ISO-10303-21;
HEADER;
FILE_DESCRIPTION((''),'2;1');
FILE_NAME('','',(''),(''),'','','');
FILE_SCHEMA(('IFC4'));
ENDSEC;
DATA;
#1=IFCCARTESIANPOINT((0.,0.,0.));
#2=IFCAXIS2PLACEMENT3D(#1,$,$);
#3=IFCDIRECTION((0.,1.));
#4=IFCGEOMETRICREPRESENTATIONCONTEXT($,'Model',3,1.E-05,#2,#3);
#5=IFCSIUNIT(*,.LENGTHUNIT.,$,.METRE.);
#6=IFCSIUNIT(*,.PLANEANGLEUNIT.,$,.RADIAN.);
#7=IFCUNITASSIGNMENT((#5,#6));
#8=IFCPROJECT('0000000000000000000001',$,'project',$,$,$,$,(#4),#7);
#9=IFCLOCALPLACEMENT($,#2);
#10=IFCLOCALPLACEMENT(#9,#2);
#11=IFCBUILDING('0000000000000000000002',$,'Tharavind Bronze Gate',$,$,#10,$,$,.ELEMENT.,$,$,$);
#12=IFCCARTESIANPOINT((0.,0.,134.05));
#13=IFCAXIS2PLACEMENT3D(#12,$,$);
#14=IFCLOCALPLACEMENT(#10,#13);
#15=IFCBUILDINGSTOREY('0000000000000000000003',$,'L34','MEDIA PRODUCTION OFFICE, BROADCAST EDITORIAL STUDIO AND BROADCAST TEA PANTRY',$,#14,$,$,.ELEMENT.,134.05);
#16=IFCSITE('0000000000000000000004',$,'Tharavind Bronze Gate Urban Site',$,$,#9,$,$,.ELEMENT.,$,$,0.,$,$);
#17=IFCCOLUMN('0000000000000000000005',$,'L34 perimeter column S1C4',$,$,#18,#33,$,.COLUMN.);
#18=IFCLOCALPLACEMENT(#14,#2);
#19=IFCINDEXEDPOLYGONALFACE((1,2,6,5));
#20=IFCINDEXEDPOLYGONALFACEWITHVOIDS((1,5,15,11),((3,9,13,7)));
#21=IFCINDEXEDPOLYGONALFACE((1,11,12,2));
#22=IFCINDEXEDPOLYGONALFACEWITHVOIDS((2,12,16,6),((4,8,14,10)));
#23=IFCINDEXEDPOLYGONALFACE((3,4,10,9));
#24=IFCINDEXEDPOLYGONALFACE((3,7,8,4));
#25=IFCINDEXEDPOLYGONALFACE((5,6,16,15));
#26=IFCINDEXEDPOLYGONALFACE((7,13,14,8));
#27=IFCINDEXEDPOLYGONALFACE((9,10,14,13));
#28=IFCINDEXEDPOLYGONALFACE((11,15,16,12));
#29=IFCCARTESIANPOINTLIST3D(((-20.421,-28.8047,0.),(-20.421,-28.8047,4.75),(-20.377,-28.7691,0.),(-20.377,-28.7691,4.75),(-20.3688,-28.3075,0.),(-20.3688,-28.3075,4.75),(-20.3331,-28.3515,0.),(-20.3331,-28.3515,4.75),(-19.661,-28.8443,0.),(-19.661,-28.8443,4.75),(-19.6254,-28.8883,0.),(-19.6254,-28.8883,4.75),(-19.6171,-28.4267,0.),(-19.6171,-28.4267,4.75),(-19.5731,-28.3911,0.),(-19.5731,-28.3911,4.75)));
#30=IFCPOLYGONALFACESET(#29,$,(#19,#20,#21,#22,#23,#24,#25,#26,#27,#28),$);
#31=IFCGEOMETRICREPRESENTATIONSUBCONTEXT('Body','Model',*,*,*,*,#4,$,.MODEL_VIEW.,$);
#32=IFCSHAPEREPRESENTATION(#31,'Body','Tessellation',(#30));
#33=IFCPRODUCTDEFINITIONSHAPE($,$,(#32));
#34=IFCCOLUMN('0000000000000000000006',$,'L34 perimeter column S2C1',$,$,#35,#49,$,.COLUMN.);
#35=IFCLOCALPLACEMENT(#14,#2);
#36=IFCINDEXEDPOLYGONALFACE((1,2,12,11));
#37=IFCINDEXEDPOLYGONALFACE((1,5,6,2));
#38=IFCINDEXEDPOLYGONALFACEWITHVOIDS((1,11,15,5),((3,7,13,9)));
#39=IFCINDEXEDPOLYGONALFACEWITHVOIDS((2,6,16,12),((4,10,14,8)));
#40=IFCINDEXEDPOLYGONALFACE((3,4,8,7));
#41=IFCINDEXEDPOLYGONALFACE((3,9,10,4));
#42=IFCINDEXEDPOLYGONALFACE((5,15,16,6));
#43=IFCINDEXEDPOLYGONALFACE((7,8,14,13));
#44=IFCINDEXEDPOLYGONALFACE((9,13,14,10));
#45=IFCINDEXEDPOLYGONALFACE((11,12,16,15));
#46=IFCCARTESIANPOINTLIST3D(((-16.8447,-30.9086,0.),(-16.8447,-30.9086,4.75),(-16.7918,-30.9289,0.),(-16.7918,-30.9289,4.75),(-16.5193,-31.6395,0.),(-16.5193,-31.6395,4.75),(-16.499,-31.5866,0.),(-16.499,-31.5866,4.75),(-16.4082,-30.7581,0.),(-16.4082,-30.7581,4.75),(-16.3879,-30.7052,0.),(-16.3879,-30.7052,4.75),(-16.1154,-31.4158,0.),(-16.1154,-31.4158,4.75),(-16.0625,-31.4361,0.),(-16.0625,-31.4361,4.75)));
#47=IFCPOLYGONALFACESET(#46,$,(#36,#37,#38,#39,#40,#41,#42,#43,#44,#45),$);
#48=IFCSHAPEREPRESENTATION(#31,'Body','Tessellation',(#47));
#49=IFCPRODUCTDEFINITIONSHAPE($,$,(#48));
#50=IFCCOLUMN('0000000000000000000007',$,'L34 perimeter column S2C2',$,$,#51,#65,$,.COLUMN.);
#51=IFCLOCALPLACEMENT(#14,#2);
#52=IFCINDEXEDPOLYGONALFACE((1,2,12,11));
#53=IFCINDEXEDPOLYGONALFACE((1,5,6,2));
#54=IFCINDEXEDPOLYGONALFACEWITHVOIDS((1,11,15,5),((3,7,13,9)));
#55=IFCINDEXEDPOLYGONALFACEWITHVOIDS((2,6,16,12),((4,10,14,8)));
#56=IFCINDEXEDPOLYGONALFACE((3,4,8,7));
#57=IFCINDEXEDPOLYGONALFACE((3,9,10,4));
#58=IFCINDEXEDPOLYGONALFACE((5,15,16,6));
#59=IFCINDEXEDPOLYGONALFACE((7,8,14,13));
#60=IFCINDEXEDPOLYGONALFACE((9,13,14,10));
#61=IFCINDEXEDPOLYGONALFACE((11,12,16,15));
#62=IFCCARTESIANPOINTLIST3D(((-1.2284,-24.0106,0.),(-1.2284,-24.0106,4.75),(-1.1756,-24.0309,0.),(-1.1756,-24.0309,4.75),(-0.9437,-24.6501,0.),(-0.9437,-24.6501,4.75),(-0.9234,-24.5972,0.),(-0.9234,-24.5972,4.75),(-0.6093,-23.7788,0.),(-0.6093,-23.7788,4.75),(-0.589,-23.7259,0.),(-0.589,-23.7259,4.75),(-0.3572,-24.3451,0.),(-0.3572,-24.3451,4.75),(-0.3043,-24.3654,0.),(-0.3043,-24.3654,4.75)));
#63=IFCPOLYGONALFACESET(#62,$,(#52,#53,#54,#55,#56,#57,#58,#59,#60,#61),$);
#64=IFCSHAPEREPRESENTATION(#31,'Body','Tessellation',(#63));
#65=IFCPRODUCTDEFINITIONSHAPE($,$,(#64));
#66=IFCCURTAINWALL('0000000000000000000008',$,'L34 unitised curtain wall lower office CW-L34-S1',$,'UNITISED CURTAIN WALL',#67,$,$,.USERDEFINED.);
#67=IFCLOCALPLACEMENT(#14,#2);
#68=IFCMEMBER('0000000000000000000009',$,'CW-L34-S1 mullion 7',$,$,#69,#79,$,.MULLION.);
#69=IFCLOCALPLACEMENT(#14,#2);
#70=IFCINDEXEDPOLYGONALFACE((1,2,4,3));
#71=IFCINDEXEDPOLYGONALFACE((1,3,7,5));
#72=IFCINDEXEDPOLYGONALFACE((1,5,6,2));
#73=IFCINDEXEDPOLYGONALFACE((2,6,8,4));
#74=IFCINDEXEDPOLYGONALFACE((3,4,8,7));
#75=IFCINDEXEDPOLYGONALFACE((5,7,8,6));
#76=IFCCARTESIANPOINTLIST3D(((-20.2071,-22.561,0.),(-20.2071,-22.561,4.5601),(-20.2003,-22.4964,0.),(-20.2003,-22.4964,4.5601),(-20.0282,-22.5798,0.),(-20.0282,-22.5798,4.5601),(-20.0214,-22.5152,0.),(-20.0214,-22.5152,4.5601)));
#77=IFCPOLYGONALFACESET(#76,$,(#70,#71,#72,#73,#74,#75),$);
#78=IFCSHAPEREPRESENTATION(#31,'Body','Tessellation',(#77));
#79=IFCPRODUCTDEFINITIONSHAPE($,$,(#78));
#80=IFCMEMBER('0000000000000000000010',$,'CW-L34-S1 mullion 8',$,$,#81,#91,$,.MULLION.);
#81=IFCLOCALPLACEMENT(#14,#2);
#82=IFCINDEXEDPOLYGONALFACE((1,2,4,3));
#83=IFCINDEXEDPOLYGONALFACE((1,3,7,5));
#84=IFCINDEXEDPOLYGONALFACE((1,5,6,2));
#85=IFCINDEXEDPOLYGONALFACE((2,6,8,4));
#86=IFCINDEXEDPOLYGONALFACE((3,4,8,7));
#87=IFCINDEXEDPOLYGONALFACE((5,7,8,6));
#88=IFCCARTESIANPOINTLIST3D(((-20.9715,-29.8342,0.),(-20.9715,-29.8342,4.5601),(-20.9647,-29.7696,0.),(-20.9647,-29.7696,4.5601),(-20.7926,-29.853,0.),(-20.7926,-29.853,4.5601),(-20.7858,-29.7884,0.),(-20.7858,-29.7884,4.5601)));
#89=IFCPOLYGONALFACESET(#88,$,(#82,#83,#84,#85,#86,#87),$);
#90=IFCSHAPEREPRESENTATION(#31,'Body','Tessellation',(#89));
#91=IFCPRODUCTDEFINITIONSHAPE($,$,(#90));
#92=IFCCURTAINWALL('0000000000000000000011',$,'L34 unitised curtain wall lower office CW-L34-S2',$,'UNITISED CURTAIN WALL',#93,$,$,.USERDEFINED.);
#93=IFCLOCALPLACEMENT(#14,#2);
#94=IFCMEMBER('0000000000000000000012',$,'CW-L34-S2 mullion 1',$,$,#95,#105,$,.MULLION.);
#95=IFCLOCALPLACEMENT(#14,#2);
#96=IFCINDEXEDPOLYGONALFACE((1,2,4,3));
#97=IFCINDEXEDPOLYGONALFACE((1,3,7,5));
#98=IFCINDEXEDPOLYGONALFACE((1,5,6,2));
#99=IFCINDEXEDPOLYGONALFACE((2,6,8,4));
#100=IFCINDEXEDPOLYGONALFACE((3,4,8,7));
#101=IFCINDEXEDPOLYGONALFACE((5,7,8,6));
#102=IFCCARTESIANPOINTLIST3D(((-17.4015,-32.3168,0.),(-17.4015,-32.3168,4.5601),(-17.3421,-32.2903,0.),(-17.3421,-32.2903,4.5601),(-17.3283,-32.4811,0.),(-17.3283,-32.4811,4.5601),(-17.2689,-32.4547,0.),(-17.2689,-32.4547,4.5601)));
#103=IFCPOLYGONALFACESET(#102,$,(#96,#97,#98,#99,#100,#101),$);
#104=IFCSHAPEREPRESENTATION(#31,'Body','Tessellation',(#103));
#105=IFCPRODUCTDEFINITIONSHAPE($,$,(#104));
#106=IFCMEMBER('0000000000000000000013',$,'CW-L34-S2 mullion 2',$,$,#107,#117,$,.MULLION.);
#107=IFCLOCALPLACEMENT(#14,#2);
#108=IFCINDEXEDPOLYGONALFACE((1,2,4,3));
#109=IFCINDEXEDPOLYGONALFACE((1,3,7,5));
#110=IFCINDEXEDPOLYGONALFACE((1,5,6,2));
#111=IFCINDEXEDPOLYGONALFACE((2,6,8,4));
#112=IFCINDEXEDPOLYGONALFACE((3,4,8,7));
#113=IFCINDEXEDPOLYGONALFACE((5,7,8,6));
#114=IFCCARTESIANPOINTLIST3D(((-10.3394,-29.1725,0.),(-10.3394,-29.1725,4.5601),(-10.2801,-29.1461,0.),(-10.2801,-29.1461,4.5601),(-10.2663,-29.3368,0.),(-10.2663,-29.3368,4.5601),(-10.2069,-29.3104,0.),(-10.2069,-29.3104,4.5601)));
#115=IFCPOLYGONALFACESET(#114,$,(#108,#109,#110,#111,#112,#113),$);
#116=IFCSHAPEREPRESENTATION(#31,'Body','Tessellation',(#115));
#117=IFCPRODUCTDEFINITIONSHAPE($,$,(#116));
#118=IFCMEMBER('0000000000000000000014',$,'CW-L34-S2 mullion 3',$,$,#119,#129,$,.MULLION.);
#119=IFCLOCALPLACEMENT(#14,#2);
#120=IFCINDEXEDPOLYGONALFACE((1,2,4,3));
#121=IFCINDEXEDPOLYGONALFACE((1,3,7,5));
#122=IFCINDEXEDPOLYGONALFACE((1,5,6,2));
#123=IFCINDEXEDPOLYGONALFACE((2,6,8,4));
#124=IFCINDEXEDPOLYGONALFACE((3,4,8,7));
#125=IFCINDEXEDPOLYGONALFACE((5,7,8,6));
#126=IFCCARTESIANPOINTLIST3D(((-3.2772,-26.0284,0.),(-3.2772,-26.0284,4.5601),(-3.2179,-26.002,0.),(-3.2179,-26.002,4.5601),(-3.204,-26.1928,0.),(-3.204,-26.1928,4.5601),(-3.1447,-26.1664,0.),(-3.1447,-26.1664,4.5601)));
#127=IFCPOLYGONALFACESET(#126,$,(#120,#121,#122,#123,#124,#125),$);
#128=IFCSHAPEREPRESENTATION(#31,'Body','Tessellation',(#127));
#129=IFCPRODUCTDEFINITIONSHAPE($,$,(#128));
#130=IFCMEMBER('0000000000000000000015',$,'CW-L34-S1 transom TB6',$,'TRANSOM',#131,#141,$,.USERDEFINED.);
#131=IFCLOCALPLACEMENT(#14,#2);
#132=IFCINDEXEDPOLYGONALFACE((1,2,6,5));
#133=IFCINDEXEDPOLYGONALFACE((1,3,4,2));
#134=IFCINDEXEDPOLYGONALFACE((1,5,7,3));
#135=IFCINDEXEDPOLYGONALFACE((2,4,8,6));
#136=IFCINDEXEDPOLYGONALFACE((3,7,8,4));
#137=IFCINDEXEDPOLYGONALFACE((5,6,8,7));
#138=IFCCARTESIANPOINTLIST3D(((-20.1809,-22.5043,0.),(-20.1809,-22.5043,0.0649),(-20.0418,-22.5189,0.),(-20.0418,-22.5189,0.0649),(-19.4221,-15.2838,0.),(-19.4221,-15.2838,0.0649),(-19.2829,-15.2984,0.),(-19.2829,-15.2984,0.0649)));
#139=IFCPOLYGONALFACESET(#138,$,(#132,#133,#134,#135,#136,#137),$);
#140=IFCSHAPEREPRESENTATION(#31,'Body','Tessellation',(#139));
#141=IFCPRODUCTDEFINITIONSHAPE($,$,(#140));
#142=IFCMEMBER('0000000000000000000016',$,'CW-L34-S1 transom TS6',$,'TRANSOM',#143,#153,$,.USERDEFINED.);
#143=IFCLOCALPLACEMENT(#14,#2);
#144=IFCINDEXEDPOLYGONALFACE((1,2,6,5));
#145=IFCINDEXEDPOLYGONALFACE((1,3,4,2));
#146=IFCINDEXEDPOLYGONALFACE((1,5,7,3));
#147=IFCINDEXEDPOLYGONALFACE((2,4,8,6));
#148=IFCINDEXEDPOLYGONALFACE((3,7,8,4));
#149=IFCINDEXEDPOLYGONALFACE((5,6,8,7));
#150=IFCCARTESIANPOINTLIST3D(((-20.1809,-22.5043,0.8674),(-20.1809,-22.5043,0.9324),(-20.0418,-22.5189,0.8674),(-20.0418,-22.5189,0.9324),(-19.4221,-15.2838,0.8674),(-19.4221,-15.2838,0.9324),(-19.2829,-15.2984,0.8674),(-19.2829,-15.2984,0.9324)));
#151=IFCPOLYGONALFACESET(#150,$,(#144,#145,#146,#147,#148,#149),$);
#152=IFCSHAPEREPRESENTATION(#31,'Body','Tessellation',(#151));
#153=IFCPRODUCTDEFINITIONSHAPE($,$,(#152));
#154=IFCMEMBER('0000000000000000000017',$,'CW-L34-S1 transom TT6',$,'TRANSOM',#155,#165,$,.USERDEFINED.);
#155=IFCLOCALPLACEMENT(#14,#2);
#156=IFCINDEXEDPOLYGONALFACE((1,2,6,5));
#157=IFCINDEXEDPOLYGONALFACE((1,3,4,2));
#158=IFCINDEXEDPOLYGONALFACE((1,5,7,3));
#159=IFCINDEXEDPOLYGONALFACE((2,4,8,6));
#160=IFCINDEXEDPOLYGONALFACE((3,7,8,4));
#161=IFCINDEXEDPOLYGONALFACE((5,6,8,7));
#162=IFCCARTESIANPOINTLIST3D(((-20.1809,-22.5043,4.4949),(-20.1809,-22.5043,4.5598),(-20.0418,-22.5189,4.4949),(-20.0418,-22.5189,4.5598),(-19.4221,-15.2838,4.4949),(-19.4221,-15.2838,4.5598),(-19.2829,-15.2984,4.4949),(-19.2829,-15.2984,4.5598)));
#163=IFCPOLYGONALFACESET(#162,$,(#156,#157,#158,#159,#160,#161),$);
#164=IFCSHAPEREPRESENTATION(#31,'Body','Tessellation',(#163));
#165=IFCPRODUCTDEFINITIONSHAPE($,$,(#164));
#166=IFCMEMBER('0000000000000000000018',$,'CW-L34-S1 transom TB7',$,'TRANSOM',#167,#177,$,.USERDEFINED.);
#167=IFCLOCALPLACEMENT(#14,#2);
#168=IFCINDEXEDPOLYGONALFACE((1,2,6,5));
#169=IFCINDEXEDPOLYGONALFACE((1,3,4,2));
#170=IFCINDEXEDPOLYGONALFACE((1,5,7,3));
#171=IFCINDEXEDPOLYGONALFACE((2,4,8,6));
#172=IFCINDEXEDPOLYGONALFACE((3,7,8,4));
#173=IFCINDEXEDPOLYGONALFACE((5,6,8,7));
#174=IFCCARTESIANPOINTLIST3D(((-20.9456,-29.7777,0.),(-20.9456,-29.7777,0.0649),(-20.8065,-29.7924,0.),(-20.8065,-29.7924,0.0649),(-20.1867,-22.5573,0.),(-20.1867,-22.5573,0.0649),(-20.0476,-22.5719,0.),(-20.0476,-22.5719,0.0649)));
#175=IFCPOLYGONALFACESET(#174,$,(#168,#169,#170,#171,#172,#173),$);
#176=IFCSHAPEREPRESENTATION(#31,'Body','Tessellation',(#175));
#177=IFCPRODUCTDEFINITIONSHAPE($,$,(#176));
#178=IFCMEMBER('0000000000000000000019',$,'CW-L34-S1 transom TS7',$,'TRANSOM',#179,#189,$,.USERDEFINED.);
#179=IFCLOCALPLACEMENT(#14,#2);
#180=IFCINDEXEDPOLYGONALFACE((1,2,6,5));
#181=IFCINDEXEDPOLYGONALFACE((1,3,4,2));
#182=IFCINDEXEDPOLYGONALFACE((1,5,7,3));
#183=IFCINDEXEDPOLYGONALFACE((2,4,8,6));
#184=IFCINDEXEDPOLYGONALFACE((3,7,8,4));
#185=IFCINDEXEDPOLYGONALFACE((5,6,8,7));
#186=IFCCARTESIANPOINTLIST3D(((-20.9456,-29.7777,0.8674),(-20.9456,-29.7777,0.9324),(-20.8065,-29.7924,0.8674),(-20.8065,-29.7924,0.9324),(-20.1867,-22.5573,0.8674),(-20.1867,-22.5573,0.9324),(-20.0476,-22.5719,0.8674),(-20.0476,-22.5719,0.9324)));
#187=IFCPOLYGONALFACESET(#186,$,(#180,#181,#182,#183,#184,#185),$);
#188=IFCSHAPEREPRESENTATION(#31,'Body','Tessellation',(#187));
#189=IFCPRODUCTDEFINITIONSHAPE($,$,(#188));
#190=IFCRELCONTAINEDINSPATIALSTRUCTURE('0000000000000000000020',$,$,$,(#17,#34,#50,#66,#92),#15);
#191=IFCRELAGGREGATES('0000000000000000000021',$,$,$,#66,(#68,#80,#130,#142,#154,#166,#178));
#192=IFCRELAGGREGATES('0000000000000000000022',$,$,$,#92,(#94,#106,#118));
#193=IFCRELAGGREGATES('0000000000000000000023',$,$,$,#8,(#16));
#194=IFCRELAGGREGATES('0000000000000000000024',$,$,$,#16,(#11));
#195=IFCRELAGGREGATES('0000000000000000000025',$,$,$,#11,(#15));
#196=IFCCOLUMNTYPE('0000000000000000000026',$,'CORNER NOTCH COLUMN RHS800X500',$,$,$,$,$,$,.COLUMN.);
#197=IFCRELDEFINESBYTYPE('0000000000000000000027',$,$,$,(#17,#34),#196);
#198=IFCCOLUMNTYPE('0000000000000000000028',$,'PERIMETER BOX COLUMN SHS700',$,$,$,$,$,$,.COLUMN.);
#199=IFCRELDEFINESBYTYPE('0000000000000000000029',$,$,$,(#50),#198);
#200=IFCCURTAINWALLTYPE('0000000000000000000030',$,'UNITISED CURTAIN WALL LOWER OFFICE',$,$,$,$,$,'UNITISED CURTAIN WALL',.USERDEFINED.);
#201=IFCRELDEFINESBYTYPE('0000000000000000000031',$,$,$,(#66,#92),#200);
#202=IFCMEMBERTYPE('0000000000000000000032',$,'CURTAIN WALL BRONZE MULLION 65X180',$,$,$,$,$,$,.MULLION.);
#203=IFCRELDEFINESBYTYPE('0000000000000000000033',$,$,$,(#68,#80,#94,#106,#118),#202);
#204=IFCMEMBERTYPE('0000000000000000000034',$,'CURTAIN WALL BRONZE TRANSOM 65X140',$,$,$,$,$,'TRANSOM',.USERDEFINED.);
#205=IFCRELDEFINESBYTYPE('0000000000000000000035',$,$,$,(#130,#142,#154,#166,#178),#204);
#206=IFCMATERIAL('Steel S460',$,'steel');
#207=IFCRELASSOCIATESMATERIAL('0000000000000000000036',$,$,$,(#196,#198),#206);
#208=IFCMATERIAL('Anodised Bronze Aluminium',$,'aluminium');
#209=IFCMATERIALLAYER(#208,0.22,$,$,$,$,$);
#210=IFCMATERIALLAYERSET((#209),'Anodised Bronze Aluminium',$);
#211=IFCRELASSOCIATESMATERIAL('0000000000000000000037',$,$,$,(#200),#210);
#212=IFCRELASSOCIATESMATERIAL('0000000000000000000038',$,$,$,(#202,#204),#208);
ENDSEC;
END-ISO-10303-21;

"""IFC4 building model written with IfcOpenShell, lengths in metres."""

from ifc_helpers import new_model, si_unit, direction, frame, origin, origin_2d, place, context, subcontext, project, spatial, rectangle, hollow_rectangle, extrude, material, layer, layer_set, material_profile, profile_set, type_object, element, aggregate, save


model = new_model("IFC4")

# Units and contexts
model_context = context("Model", 3, precision=1e-05, world=origin(), true_north=direction((0.0, 1.0)))
body_context = subcontext(model_context, "Body", "Model", "MODEL_VIEW")
ifc_project = project(units=[si_unit("LENGTHUNIT", "METRE"), si_unit("PLANEANGLEUNIT", "RADIAN")], contexts=[model_context])

# Site, building, storey
site_placement = place(None, origin())
site = spatial("IfcSite", under=ifc_project, at=site_placement, Name="Tharavind Bronze Gate Urban Site", CompositionType="ELEMENT", RefElevation=0.0)
building_placement = place(site_placement, origin())
building = spatial("IfcBuilding", under=site, at=building_placement, Name="Tharavind Bronze Gate", CompositionType="ELEMENT")
storey_placement = place(building_placement, frame((0.0, 0.0, 134.05)))
storey = spatial("IfcBuildingStorey", under=building, at=storey_placement, Name="L34", Description="MEDIA PRODUCTION OFFICE, BROADCAST EDITORIAL STUDIO AND BROADCAST TEA PANTRY", CompositionType="ELEMENT", Elevation=134.05)

# Columns
ifc_material_1 = material(Name="Steel S460", Category="steel")
ifc_material_profile_1 = material_profile(ifc_material_1, hollow_rectangle(XDim=0.5, YDim=0.8, WallThickness=0.04, at=origin_2d()), Name="RHS800X500X40")
ifc_profile_set_1 = profile_set([ifc_material_profile_1], Name="Steel S460")
column_type_1 = type_object("IfcColumnType", Name="CORNER NOTCH COLUMN RHS800X500", PredefinedType="COLUMN", material=ifc_profile_set_1)
for number, where, z_axis, x_axis, name in (
    (1, (-19.9971, -28.5979, 0.0), (0.0, 0.0, 1.0), (0.10453, 0.994522, 0.0), "L34 perimeter column S1C4"),
    (2, (-16.4536, -31.1724, 0.0), (0.0, 0.0, 1.0), (0.913545, 0.406737, 0.0), "L34 perimeter column S2C1"),
):
    element("IfcColumn", number, at=place(storey_placement, frame(where, z_axis=z_axis, x_axis=x_axis)), inside=storey, type_object=column_type_1, Name=name, PredefinedType="COLUMN", context=body_context, shape_type="SweptSolid", body=[
        extrude(hollow_rectangle(XDim=0.5, YDim=0.8, WallThickness=0.04, at=origin_2d()), origin(), (0.0, 0.0, 1.0), 4.75),
    ])
ifc_material_profile_2 = material_profile(ifc_material_1, hollow_rectangle(XDim=0.7, YDim=0.7, WallThickness=0.04, at=origin_2d()), Name="SHS700X40")
ifc_profile_set_2 = profile_set([ifc_material_profile_2], Name="Steel S460")
column_type_2 = type_object("IfcColumnType", Name="PERIMETER BOX COLUMN SHS700", PredefinedType="COLUMN", material=ifc_profile_set_2)
column_placement = place(storey_placement, frame((-0.7664, -24.188, 0.0), z_axis=(0.0, 0.0, 1.0), x_axis=(0.913545, 0.406737, 0.0)))
element("IfcColumn", 3, at=column_placement, inside=storey, type_object=column_type_2, Name="L34 perimeter column S2C2", PredefinedType="COLUMN", context=body_context, shape_type="SweptSolid", body=[
    extrude(hollow_rectangle(XDim=0.7, YDim=0.7, WallThickness=0.04, at=origin_2d()), origin(), (0.0, 0.0, 1.0), 4.75),
])

# Curtain walls, members
ifc_material_2 = material(Name="Anodised Bronze Aluminium", Category="aluminium")
ifc_layer_1 = layer(ifc_material_2, 0.22)
ifc_layer_set_1 = layer_set([ifc_layer_1], Name="Anodised Bronze Aluminium")
curtain_wall_type = type_object("IfcCurtainWallType", Name="UNITISED CURTAIN WALL LOWER OFFICE", ElementType="UNITISED CURTAIN WALL", PredefinedType="USERDEFINED", material=ifc_layer_set_1)
curtain_wall_1_placement = place(storey_placement, origin())
curtain_wall_1 = element("IfcCurtainWall", 4, at=curtain_wall_1_placement, inside=storey, type_object=curtain_wall_type, Name="L34 unitised curtain wall lower office CW-L34-S1", ObjectType="UNITISED CURTAIN WALL", PredefinedType="USERDEFINED")
member_type_1 = type_object("IfcMemberType", Name="CURTAIN WALL BRONZE MULLION 65X180", PredefinedType="MULLION", material=ifc_material_2)
member_1_placement = place(storey_placement, frame((-20.1143, -22.5381, 0.0), z_axis=(0.0, 0.0, 1.0), x_axis=(-0.104527, -0.994522, 0.0)))
member_1 = element("IfcMember", 5, at=member_1_placement, type_object=member_type_1, Name="CW-L34-S1 mullion 7", PredefinedType="MULLION", context=body_context, shape_type="SweptSolid", body=[
    extrude(rectangle(XDim=0.0649, YDim=0.1799, at=origin_2d()), origin(), (0.0, 0.0, 1.0), 4.5601),
])
member_2_placement = place(storey_placement, frame((-20.8787, -29.8113, 0.0), z_axis=(0.0, 0.0, 1.0), x_axis=(-0.104527, -0.994522, 0.0)))
member_2 = element("IfcMember", 6, at=member_2_placement, type_object=member_type_1, Name="CW-L34-S1 mullion 8", PredefinedType="MULLION", context=body_context, shape_type="SweptSolid", body=[
    extrude(rectangle(XDim=0.0649, YDim=0.1799, at=origin_2d()), origin(), (0.0, 0.0, 1.0), 4.5601),
])
curtain_wall_2_placement = place(storey_placement, origin())
curtain_wall_2 = element("IfcCurtainWall", 7, at=curtain_wall_2_placement, inside=storey, type_object=curtain_wall_type, Name="L34 unitised curtain wall lower office CW-L34-S2", ObjectType="UNITISED CURTAIN WALL", PredefinedType="USERDEFINED")
member_3_placement = place(storey_placement, frame((-17.3352, -32.3857, 0.0), z_axis=(0.0, 0.0, 1.0), x_axis=(0.913545, 0.406737, 0.0)))
member_3 = element("IfcMember", 8, at=member_3_placement, type_object=member_type_1, Name="CW-L34-S2 mullion 1", PredefinedType="MULLION", context=body_context, shape_type="SweptSolid", body=[
    extrude(rectangle(XDim=0.0649, YDim=0.1799, at=origin_2d()), origin(), (0.0, 0.0, 1.0), 4.5601),
])
member_4_placement = place(storey_placement, frame((-10.2732, -29.2415, 0.0), z_axis=(0.0, 0.0, 1.0), x_axis=(0.913545, 0.406737, 0.0)))
member_4 = element("IfcMember", 9, at=member_4_placement, type_object=member_type_1, Name="CW-L34-S2 mullion 2", PredefinedType="MULLION", context=body_context, shape_type="SweptSolid", body=[
    extrude(rectangle(XDim=0.0649, YDim=0.1799, at=origin_2d()), origin(), (0.0, 0.0, 1.0), 4.5601),
])
member_5_placement = place(storey_placement, frame((-3.2109, -26.0974, 0.0), z_axis=(0.0, 0.0, 1.0), x_axis=(0.913545, 0.406737, 0.0)))
member_5 = element("IfcMember", 10, at=member_5_placement, type_object=member_type_1, Name="CW-L34-S2 mullion 3", PredefinedType="MULLION", context=body_context, shape_type="SweptSolid", body=[
    extrude(rectangle(XDim=0.0649, YDim=0.1799, at=origin_2d()), origin(), (0.0, 0.0, 1.0), 4.5601),
])

# Members
member_type_2 = type_object("IfcMemberType", Name="CURTAIN WALL BRONZE TRANSOM 65X140", ElementType="TRANSOM", PredefinedType="USERDEFINED", material=ifc_material_2)
member_6_placement = place(storey_placement, frame((-19.7319, -18.9014, 0.0), z_axis=(0.0, 0.0, 1.0), x_axis=(-0.104527, -0.994522, 0.0)))
member_6 = element("IfcMember", 11, at=member_6_placement, type_object=member_type_2, Name="CW-L34-S1 transom TB6", ObjectType="TRANSOM", PredefinedType="USERDEFINED", context=body_context, shape_type="SweptSolid", body=[
    extrude(rectangle(XDim=7.2603, YDim=0.1399, at=origin_2d()), origin(), (0.0, 0.0, 1.0), 0.0649),
])
member_7_placement = place(storey_placement, frame((-19.7319, -18.9014, 0.8674), z_axis=(0.0, 0.0, 1.0), x_axis=(-0.104527, -0.994522, 0.0)))
member_7 = element("IfcMember", 12, at=member_7_placement, type_object=member_type_2, Name="CW-L34-S1 transom TS6", ObjectType="TRANSOM", PredefinedType="USERDEFINED", context=body_context, shape_type="SweptSolid", body=[
    extrude(rectangle(XDim=7.2603, YDim=0.1399, at=origin_2d()), origin(), (0.0, 0.0, 1.0), 0.0649),
])
member_8_placement = place(storey_placement, frame((-19.7319, -18.9014, 4.4949), z_axis=(0.0, 0.0, 1.0), x_axis=(-0.104527, -0.994522, 0.0)))
member_8 = element("IfcMember", 13, at=member_8_placement, type_object=member_type_2, Name="CW-L34-S1 transom TT6", ObjectType="TRANSOM", PredefinedType="USERDEFINED", context=body_context, shape_type="SweptSolid", body=[
    extrude(rectangle(XDim=7.2603, YDim=0.1399, at=origin_2d()), origin(), (0.0, 0.0, 1.0), 0.0649),
])
member_9_placement = place(storey_placement, frame((-20.4966, -26.1748, 0.0), z_axis=(0.0, 0.0, 1.0), x_axis=(-0.104527, -0.994522, 0.0)))
member_9 = element("IfcMember", 14, at=member_9_placement, type_object=member_type_2, Name="CW-L34-S1 transom TB7", ObjectType="TRANSOM", PredefinedType="USERDEFINED", context=body_context, shape_type="SweptSolid", body=[
    extrude(rectangle(XDim=7.2603, YDim=0.1399, at=origin_2d()), origin(), (0.0, 0.0, 1.0), 0.0649),
])
member_10_placement = place(storey_placement, frame((-20.4966, -26.1748, 0.8674), z_axis=(0.0, 0.0, 1.0), x_axis=(-0.104527, -0.994522, 0.0)))
member_10 = element("IfcMember", 15, at=member_10_placement, type_object=member_type_2, Name="CW-L34-S1 transom TS7", ObjectType="TRANSOM", PredefinedType="USERDEFINED", context=body_context, shape_type="SweptSolid", body=[
    extrude(rectangle(XDim=7.2603, YDim=0.1399, at=origin_2d()), origin(), (0.0, 0.0, 1.0), 0.0649),
])

aggregate(curtain_wall_1, [member_1, member_2, member_6, member_7, member_8, member_9, member_10])
aggregate(curtain_wall_2, [member_3, member_4, member_5])

save(model, "model.ifc")
